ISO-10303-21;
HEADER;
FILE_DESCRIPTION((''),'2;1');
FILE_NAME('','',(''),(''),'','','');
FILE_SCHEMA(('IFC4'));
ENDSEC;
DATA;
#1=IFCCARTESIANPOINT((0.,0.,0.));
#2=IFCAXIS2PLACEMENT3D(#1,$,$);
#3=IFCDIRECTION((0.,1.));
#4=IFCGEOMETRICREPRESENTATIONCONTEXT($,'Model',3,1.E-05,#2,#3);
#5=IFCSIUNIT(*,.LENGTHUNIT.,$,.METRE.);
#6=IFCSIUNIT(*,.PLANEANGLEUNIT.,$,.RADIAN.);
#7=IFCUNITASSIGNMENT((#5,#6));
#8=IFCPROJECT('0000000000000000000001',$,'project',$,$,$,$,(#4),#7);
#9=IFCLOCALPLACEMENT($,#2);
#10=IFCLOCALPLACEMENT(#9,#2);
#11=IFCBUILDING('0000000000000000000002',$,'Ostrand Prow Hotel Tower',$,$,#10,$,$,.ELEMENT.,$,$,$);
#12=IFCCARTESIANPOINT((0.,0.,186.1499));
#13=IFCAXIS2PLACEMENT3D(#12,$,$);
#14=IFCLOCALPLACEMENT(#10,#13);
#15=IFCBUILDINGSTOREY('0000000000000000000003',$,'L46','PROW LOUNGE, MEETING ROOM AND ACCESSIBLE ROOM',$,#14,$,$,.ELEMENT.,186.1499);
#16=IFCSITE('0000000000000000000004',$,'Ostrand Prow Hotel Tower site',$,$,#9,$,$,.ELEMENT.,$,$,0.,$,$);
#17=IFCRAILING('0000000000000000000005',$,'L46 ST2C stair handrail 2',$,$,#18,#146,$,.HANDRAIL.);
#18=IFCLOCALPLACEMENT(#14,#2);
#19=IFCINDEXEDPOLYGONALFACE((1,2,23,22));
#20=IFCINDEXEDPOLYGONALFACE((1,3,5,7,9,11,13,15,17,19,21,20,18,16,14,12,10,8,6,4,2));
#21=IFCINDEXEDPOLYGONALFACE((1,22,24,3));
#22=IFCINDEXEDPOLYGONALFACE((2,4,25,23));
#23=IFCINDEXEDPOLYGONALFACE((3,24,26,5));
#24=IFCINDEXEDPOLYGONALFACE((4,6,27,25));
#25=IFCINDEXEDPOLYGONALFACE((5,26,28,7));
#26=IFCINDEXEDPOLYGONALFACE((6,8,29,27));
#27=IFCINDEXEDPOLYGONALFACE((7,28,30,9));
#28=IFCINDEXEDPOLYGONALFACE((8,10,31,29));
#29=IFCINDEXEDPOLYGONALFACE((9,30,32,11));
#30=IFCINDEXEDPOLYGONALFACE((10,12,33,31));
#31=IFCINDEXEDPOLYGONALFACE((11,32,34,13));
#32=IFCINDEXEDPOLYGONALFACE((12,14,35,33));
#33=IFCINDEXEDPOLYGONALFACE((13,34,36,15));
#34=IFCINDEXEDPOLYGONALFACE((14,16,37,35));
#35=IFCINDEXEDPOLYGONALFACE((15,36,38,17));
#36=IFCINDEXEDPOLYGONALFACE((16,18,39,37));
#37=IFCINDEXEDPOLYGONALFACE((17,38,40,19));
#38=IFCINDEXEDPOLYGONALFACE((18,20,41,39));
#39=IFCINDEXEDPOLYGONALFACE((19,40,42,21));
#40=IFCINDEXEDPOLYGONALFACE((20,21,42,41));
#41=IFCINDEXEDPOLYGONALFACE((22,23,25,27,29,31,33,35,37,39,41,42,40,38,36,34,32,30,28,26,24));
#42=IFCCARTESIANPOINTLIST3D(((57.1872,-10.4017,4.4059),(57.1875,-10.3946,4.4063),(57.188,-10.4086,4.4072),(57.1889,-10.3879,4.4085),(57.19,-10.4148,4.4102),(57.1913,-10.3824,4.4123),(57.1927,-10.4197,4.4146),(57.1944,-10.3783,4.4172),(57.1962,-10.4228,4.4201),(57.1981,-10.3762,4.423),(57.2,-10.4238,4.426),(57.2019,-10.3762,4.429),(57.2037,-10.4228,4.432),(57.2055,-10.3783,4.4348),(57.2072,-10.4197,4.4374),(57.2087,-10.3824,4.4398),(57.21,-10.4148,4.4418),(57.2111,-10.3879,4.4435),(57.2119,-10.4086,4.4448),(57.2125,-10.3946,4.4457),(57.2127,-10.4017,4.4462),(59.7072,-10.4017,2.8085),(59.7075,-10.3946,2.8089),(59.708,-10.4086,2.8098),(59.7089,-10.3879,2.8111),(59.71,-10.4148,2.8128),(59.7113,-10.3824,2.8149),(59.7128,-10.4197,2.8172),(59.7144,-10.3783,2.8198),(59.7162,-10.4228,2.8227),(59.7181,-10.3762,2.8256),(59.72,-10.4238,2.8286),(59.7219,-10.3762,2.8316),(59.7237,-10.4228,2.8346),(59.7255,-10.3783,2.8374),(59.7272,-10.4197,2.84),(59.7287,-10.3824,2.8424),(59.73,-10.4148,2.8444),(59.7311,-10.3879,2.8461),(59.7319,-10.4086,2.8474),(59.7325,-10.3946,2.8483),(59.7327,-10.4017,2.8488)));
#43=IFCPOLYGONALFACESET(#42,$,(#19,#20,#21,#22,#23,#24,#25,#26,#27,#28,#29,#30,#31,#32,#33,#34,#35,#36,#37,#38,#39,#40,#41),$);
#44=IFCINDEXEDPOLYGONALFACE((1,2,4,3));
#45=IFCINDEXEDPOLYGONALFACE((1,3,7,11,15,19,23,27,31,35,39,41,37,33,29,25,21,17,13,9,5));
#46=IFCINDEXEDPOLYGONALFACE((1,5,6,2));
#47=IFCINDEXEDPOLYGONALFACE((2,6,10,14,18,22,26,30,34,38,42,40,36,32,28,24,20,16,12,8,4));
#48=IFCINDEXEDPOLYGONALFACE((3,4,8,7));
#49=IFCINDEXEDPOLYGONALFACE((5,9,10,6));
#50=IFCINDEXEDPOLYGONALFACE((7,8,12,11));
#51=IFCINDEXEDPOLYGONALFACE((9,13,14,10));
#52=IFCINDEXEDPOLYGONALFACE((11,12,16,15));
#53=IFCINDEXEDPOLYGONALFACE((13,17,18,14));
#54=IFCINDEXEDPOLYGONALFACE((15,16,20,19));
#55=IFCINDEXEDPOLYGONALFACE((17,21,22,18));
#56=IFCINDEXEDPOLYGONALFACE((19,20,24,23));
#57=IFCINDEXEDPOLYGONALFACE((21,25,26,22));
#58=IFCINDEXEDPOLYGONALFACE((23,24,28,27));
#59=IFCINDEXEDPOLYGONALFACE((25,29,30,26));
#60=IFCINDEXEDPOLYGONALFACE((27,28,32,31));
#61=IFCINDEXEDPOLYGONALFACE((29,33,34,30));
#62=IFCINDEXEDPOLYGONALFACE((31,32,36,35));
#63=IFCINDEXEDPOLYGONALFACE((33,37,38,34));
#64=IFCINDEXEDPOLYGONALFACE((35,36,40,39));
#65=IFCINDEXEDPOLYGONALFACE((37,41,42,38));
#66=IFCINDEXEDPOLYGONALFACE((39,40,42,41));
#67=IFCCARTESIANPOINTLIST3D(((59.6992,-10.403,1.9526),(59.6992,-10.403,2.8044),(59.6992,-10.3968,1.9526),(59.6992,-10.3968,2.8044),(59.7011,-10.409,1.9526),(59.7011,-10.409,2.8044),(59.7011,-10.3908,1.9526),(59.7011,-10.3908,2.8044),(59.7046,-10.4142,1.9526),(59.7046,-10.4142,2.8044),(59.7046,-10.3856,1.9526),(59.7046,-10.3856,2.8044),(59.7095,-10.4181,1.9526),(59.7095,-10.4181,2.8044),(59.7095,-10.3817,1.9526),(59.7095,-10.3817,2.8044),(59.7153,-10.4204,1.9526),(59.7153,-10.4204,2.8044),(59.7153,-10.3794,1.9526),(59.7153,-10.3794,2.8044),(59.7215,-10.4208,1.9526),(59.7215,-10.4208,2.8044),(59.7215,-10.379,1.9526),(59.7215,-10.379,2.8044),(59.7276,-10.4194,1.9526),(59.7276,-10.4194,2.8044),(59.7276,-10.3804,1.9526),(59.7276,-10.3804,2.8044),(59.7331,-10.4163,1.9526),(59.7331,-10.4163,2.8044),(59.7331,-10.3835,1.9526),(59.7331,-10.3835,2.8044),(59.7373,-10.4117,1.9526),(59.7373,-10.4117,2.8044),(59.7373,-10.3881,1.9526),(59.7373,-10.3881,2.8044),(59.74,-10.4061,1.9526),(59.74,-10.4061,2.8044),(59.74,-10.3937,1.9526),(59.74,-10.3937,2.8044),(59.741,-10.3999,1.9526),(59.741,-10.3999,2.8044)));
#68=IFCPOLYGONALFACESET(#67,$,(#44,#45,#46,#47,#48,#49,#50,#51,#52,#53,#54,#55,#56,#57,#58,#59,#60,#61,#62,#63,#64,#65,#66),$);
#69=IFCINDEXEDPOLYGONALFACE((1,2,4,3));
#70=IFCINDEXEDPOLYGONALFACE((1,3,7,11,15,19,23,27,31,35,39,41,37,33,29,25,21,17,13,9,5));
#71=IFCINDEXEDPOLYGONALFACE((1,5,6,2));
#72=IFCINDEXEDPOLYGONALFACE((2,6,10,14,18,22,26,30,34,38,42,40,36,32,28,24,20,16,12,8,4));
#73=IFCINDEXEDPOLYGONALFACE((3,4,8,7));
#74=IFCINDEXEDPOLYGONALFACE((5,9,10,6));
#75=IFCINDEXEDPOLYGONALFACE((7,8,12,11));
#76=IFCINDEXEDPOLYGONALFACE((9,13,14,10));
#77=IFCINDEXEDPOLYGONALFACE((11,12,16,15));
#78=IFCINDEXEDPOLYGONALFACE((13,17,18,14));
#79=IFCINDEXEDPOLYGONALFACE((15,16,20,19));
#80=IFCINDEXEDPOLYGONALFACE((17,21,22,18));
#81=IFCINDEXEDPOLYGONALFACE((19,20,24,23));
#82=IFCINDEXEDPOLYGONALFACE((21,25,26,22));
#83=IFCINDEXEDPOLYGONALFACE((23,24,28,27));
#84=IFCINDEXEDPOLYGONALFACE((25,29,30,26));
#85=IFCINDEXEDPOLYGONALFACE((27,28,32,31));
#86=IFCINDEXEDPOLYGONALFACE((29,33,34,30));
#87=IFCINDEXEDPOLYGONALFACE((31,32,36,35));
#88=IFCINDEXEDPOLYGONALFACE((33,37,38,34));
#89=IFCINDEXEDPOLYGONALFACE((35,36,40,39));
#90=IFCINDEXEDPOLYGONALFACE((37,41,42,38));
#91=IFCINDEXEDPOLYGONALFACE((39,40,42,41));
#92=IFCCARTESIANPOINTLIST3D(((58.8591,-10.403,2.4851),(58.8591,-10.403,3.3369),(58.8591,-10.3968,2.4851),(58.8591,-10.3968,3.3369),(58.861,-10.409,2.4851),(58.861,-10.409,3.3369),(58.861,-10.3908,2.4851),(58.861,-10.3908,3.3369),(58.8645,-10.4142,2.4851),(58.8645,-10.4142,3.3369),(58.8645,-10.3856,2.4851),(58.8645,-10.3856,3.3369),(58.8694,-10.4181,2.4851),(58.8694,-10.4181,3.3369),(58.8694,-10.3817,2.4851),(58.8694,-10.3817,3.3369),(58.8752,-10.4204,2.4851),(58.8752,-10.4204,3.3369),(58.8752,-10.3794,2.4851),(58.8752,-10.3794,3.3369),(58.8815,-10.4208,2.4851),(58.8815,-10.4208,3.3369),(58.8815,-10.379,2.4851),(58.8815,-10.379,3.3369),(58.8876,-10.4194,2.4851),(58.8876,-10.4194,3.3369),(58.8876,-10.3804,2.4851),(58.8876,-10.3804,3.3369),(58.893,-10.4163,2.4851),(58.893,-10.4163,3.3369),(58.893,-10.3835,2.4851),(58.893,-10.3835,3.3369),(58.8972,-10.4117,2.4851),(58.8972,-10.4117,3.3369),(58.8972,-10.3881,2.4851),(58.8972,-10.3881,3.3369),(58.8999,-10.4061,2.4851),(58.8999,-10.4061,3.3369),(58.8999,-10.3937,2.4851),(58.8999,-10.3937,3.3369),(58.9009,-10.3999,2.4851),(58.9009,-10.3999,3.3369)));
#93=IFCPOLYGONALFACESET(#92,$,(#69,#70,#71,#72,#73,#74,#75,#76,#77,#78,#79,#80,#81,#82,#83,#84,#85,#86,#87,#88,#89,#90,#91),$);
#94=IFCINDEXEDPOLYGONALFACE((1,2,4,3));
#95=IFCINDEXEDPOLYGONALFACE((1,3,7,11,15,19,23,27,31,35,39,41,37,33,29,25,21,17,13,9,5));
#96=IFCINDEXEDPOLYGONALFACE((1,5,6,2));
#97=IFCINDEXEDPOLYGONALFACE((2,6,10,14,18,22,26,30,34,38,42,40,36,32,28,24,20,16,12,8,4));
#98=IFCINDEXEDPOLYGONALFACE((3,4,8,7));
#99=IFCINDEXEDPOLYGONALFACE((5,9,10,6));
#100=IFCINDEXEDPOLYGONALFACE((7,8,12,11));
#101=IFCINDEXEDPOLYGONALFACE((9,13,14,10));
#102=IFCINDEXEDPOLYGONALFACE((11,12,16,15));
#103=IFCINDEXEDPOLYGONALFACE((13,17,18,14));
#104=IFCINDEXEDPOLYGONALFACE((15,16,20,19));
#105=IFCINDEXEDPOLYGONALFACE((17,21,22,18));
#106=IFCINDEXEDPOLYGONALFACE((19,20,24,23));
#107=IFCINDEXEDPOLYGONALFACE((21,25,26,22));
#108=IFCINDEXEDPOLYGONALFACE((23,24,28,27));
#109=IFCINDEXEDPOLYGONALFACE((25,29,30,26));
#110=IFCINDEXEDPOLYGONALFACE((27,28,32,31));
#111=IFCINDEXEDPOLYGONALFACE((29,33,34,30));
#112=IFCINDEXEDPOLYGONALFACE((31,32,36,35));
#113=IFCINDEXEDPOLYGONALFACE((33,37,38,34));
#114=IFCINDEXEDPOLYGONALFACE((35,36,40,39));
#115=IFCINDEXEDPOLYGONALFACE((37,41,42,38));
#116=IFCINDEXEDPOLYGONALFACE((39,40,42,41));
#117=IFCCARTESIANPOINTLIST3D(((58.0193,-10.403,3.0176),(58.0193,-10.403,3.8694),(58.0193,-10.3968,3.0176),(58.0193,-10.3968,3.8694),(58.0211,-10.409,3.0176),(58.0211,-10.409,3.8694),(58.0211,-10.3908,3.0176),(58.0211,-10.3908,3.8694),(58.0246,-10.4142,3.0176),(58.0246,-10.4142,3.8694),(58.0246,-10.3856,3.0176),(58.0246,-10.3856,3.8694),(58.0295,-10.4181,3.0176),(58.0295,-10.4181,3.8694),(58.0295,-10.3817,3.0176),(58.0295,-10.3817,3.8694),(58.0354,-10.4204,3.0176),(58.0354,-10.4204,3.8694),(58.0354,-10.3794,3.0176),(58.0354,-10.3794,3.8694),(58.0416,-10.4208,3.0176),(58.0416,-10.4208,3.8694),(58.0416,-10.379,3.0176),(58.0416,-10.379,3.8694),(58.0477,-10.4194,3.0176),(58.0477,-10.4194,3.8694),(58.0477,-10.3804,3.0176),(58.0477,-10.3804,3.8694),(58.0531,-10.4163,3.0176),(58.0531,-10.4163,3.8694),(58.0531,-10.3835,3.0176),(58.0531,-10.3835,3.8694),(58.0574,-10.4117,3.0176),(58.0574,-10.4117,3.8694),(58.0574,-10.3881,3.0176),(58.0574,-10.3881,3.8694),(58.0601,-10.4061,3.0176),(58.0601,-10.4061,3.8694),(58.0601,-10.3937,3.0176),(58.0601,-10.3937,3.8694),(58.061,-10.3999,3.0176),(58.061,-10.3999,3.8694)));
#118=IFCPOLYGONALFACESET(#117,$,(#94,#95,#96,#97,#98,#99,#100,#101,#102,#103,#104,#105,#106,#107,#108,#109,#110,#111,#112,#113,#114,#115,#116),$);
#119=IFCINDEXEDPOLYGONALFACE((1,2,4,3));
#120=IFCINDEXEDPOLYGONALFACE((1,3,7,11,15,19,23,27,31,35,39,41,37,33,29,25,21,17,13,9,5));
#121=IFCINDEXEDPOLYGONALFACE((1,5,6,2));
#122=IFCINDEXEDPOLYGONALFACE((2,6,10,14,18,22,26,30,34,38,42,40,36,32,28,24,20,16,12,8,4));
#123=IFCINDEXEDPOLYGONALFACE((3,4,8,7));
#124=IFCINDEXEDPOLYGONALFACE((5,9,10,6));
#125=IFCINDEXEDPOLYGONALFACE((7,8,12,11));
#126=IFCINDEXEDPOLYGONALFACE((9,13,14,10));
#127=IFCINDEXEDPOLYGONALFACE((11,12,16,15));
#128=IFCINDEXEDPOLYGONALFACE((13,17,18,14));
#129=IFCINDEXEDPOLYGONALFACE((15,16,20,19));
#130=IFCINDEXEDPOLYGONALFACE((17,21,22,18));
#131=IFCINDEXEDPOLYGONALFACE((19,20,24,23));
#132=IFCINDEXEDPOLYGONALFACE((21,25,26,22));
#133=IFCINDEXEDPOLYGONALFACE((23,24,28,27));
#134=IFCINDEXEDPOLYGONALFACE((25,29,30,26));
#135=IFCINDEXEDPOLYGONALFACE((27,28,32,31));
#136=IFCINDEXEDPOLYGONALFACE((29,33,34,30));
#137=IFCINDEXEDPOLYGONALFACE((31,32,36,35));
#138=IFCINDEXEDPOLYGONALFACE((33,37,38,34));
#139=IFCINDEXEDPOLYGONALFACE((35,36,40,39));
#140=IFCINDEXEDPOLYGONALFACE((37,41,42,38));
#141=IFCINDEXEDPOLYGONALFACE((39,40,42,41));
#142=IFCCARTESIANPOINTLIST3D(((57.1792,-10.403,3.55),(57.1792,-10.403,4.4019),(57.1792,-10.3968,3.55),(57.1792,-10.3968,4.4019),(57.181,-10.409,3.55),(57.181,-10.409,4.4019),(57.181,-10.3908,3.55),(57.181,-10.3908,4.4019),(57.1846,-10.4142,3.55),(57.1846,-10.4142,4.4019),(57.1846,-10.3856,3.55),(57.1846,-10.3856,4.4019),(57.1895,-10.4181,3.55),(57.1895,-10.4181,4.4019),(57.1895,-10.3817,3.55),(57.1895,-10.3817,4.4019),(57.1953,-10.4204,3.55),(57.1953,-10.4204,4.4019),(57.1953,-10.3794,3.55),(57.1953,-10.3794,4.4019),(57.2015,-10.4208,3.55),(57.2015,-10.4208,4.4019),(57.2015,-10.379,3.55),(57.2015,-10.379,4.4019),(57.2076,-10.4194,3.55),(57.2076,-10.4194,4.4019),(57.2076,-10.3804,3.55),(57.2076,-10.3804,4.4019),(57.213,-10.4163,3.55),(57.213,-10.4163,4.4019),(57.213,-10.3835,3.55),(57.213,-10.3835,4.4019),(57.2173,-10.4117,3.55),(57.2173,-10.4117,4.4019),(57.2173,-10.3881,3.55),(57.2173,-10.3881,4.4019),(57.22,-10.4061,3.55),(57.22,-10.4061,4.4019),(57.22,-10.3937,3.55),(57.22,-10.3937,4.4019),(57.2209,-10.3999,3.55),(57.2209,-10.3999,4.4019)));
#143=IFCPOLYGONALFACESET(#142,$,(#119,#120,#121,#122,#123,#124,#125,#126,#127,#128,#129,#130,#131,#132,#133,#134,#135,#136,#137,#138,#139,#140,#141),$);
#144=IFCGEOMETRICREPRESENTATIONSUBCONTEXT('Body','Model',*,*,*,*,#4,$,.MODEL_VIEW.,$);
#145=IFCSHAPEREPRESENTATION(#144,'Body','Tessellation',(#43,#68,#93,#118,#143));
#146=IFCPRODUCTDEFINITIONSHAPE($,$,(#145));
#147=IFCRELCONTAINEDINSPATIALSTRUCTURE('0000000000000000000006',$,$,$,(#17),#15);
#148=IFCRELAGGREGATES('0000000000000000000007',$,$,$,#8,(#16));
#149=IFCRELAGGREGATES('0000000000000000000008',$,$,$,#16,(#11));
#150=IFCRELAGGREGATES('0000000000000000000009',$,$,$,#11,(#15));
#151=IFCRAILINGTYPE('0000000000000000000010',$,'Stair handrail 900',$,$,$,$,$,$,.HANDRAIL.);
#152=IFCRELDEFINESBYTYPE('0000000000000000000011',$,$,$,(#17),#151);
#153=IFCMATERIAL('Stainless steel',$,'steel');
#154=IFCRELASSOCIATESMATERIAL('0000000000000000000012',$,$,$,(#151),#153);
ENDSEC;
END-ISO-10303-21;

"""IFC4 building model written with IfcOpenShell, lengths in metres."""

from ifc_helpers import new_model, si_unit, direction, frame, origin, origin_2d, place, context, subcontext, project, spatial, circle, extrude, material, type_object, element, save


model = new_model("IFC4")

# Units and contexts
model_context = context("Model", 3, precision=1e-05, world=origin(), true_north=direction((0.0, 1.0)))
body_context = subcontext(model_context, "Body", "Model", "MODEL_VIEW")
ifc_project = project(units=[si_unit("LENGTHUNIT", "METRE"), si_unit("PLANEANGLEUNIT", "RADIAN")], contexts=[model_context])

# Site, building, storey
site_placement = place(None, origin())
site = spatial("IfcSite", under=ifc_project, at=site_placement, Name="Ostrand Prow Hotel Tower site", CompositionType="ELEMENT", RefElevation=0.0)
building_placement = place(site_placement, origin())
building = spatial("IfcBuilding", under=site, at=building_placement, Name="Ostrand Prow Hotel Tower", CompositionType="ELEMENT")
storey_placement = place(building_placement, frame((0.0, 0.0, 186.1499)))
storey = spatial("IfcBuildingStorey", under=building, at=storey_placement, Name="L46", Description="PROW LOUNGE, MEETING ROOM AND ACCESSIBLE ROOM", CompositionType="ELEMENT", Elevation=186.1499)

# Railing
ifc_material_1 = material(Name="Stainless steel", Category="steel")
railing_type_1 = type_object("IfcRailingType", Name="Stair handrail 900", PredefinedType="HANDRAIL", material=ifc_material_1)
railing_1_placement = place(storey_placement, frame((59.72, -10.3999, 1.9526)))
element("IfcRailing", 1, at=railing_1_placement, inside=storey, type_object=railing_type_1, Name="L46 ST2C stair handrail 2", PredefinedType="HANDRAIL", context=body_context, shape_type="SweptSolid", body=[
    extrude(circle(Radius=0.0239, at=origin_2d()), frame((0.0, 0.0, 0.876), z_axis=(-0.844607, 0.0, 0.535387), x_axis=(0.0, -1.0, 0.0)), (0.0, 0.0, 1.0), 2.9836),
    extrude(circle(Radius=0.021, at=origin_2d()), origin(), (0.0, 0.0, 1.0), 0.8518),
    extrude(circle(Radius=0.021, at=origin_2d()), frame((-0.8401, 0.0, 0.5325)), (0.0, 0.0, 1.0), 0.8518),
    extrude(circle(Radius=0.021, at=origin_2d()), frame((-1.6799, 0.0, 1.0649)), (0.0, 0.0, 1.0), 0.8518),
    extrude(circle(Radius=0.021, at=origin_2d()), frame((-2.52, 0.0, 1.5974)), (0.0, 0.0, 1.0), 0.8518),
])

save(model, "model.ifc")
